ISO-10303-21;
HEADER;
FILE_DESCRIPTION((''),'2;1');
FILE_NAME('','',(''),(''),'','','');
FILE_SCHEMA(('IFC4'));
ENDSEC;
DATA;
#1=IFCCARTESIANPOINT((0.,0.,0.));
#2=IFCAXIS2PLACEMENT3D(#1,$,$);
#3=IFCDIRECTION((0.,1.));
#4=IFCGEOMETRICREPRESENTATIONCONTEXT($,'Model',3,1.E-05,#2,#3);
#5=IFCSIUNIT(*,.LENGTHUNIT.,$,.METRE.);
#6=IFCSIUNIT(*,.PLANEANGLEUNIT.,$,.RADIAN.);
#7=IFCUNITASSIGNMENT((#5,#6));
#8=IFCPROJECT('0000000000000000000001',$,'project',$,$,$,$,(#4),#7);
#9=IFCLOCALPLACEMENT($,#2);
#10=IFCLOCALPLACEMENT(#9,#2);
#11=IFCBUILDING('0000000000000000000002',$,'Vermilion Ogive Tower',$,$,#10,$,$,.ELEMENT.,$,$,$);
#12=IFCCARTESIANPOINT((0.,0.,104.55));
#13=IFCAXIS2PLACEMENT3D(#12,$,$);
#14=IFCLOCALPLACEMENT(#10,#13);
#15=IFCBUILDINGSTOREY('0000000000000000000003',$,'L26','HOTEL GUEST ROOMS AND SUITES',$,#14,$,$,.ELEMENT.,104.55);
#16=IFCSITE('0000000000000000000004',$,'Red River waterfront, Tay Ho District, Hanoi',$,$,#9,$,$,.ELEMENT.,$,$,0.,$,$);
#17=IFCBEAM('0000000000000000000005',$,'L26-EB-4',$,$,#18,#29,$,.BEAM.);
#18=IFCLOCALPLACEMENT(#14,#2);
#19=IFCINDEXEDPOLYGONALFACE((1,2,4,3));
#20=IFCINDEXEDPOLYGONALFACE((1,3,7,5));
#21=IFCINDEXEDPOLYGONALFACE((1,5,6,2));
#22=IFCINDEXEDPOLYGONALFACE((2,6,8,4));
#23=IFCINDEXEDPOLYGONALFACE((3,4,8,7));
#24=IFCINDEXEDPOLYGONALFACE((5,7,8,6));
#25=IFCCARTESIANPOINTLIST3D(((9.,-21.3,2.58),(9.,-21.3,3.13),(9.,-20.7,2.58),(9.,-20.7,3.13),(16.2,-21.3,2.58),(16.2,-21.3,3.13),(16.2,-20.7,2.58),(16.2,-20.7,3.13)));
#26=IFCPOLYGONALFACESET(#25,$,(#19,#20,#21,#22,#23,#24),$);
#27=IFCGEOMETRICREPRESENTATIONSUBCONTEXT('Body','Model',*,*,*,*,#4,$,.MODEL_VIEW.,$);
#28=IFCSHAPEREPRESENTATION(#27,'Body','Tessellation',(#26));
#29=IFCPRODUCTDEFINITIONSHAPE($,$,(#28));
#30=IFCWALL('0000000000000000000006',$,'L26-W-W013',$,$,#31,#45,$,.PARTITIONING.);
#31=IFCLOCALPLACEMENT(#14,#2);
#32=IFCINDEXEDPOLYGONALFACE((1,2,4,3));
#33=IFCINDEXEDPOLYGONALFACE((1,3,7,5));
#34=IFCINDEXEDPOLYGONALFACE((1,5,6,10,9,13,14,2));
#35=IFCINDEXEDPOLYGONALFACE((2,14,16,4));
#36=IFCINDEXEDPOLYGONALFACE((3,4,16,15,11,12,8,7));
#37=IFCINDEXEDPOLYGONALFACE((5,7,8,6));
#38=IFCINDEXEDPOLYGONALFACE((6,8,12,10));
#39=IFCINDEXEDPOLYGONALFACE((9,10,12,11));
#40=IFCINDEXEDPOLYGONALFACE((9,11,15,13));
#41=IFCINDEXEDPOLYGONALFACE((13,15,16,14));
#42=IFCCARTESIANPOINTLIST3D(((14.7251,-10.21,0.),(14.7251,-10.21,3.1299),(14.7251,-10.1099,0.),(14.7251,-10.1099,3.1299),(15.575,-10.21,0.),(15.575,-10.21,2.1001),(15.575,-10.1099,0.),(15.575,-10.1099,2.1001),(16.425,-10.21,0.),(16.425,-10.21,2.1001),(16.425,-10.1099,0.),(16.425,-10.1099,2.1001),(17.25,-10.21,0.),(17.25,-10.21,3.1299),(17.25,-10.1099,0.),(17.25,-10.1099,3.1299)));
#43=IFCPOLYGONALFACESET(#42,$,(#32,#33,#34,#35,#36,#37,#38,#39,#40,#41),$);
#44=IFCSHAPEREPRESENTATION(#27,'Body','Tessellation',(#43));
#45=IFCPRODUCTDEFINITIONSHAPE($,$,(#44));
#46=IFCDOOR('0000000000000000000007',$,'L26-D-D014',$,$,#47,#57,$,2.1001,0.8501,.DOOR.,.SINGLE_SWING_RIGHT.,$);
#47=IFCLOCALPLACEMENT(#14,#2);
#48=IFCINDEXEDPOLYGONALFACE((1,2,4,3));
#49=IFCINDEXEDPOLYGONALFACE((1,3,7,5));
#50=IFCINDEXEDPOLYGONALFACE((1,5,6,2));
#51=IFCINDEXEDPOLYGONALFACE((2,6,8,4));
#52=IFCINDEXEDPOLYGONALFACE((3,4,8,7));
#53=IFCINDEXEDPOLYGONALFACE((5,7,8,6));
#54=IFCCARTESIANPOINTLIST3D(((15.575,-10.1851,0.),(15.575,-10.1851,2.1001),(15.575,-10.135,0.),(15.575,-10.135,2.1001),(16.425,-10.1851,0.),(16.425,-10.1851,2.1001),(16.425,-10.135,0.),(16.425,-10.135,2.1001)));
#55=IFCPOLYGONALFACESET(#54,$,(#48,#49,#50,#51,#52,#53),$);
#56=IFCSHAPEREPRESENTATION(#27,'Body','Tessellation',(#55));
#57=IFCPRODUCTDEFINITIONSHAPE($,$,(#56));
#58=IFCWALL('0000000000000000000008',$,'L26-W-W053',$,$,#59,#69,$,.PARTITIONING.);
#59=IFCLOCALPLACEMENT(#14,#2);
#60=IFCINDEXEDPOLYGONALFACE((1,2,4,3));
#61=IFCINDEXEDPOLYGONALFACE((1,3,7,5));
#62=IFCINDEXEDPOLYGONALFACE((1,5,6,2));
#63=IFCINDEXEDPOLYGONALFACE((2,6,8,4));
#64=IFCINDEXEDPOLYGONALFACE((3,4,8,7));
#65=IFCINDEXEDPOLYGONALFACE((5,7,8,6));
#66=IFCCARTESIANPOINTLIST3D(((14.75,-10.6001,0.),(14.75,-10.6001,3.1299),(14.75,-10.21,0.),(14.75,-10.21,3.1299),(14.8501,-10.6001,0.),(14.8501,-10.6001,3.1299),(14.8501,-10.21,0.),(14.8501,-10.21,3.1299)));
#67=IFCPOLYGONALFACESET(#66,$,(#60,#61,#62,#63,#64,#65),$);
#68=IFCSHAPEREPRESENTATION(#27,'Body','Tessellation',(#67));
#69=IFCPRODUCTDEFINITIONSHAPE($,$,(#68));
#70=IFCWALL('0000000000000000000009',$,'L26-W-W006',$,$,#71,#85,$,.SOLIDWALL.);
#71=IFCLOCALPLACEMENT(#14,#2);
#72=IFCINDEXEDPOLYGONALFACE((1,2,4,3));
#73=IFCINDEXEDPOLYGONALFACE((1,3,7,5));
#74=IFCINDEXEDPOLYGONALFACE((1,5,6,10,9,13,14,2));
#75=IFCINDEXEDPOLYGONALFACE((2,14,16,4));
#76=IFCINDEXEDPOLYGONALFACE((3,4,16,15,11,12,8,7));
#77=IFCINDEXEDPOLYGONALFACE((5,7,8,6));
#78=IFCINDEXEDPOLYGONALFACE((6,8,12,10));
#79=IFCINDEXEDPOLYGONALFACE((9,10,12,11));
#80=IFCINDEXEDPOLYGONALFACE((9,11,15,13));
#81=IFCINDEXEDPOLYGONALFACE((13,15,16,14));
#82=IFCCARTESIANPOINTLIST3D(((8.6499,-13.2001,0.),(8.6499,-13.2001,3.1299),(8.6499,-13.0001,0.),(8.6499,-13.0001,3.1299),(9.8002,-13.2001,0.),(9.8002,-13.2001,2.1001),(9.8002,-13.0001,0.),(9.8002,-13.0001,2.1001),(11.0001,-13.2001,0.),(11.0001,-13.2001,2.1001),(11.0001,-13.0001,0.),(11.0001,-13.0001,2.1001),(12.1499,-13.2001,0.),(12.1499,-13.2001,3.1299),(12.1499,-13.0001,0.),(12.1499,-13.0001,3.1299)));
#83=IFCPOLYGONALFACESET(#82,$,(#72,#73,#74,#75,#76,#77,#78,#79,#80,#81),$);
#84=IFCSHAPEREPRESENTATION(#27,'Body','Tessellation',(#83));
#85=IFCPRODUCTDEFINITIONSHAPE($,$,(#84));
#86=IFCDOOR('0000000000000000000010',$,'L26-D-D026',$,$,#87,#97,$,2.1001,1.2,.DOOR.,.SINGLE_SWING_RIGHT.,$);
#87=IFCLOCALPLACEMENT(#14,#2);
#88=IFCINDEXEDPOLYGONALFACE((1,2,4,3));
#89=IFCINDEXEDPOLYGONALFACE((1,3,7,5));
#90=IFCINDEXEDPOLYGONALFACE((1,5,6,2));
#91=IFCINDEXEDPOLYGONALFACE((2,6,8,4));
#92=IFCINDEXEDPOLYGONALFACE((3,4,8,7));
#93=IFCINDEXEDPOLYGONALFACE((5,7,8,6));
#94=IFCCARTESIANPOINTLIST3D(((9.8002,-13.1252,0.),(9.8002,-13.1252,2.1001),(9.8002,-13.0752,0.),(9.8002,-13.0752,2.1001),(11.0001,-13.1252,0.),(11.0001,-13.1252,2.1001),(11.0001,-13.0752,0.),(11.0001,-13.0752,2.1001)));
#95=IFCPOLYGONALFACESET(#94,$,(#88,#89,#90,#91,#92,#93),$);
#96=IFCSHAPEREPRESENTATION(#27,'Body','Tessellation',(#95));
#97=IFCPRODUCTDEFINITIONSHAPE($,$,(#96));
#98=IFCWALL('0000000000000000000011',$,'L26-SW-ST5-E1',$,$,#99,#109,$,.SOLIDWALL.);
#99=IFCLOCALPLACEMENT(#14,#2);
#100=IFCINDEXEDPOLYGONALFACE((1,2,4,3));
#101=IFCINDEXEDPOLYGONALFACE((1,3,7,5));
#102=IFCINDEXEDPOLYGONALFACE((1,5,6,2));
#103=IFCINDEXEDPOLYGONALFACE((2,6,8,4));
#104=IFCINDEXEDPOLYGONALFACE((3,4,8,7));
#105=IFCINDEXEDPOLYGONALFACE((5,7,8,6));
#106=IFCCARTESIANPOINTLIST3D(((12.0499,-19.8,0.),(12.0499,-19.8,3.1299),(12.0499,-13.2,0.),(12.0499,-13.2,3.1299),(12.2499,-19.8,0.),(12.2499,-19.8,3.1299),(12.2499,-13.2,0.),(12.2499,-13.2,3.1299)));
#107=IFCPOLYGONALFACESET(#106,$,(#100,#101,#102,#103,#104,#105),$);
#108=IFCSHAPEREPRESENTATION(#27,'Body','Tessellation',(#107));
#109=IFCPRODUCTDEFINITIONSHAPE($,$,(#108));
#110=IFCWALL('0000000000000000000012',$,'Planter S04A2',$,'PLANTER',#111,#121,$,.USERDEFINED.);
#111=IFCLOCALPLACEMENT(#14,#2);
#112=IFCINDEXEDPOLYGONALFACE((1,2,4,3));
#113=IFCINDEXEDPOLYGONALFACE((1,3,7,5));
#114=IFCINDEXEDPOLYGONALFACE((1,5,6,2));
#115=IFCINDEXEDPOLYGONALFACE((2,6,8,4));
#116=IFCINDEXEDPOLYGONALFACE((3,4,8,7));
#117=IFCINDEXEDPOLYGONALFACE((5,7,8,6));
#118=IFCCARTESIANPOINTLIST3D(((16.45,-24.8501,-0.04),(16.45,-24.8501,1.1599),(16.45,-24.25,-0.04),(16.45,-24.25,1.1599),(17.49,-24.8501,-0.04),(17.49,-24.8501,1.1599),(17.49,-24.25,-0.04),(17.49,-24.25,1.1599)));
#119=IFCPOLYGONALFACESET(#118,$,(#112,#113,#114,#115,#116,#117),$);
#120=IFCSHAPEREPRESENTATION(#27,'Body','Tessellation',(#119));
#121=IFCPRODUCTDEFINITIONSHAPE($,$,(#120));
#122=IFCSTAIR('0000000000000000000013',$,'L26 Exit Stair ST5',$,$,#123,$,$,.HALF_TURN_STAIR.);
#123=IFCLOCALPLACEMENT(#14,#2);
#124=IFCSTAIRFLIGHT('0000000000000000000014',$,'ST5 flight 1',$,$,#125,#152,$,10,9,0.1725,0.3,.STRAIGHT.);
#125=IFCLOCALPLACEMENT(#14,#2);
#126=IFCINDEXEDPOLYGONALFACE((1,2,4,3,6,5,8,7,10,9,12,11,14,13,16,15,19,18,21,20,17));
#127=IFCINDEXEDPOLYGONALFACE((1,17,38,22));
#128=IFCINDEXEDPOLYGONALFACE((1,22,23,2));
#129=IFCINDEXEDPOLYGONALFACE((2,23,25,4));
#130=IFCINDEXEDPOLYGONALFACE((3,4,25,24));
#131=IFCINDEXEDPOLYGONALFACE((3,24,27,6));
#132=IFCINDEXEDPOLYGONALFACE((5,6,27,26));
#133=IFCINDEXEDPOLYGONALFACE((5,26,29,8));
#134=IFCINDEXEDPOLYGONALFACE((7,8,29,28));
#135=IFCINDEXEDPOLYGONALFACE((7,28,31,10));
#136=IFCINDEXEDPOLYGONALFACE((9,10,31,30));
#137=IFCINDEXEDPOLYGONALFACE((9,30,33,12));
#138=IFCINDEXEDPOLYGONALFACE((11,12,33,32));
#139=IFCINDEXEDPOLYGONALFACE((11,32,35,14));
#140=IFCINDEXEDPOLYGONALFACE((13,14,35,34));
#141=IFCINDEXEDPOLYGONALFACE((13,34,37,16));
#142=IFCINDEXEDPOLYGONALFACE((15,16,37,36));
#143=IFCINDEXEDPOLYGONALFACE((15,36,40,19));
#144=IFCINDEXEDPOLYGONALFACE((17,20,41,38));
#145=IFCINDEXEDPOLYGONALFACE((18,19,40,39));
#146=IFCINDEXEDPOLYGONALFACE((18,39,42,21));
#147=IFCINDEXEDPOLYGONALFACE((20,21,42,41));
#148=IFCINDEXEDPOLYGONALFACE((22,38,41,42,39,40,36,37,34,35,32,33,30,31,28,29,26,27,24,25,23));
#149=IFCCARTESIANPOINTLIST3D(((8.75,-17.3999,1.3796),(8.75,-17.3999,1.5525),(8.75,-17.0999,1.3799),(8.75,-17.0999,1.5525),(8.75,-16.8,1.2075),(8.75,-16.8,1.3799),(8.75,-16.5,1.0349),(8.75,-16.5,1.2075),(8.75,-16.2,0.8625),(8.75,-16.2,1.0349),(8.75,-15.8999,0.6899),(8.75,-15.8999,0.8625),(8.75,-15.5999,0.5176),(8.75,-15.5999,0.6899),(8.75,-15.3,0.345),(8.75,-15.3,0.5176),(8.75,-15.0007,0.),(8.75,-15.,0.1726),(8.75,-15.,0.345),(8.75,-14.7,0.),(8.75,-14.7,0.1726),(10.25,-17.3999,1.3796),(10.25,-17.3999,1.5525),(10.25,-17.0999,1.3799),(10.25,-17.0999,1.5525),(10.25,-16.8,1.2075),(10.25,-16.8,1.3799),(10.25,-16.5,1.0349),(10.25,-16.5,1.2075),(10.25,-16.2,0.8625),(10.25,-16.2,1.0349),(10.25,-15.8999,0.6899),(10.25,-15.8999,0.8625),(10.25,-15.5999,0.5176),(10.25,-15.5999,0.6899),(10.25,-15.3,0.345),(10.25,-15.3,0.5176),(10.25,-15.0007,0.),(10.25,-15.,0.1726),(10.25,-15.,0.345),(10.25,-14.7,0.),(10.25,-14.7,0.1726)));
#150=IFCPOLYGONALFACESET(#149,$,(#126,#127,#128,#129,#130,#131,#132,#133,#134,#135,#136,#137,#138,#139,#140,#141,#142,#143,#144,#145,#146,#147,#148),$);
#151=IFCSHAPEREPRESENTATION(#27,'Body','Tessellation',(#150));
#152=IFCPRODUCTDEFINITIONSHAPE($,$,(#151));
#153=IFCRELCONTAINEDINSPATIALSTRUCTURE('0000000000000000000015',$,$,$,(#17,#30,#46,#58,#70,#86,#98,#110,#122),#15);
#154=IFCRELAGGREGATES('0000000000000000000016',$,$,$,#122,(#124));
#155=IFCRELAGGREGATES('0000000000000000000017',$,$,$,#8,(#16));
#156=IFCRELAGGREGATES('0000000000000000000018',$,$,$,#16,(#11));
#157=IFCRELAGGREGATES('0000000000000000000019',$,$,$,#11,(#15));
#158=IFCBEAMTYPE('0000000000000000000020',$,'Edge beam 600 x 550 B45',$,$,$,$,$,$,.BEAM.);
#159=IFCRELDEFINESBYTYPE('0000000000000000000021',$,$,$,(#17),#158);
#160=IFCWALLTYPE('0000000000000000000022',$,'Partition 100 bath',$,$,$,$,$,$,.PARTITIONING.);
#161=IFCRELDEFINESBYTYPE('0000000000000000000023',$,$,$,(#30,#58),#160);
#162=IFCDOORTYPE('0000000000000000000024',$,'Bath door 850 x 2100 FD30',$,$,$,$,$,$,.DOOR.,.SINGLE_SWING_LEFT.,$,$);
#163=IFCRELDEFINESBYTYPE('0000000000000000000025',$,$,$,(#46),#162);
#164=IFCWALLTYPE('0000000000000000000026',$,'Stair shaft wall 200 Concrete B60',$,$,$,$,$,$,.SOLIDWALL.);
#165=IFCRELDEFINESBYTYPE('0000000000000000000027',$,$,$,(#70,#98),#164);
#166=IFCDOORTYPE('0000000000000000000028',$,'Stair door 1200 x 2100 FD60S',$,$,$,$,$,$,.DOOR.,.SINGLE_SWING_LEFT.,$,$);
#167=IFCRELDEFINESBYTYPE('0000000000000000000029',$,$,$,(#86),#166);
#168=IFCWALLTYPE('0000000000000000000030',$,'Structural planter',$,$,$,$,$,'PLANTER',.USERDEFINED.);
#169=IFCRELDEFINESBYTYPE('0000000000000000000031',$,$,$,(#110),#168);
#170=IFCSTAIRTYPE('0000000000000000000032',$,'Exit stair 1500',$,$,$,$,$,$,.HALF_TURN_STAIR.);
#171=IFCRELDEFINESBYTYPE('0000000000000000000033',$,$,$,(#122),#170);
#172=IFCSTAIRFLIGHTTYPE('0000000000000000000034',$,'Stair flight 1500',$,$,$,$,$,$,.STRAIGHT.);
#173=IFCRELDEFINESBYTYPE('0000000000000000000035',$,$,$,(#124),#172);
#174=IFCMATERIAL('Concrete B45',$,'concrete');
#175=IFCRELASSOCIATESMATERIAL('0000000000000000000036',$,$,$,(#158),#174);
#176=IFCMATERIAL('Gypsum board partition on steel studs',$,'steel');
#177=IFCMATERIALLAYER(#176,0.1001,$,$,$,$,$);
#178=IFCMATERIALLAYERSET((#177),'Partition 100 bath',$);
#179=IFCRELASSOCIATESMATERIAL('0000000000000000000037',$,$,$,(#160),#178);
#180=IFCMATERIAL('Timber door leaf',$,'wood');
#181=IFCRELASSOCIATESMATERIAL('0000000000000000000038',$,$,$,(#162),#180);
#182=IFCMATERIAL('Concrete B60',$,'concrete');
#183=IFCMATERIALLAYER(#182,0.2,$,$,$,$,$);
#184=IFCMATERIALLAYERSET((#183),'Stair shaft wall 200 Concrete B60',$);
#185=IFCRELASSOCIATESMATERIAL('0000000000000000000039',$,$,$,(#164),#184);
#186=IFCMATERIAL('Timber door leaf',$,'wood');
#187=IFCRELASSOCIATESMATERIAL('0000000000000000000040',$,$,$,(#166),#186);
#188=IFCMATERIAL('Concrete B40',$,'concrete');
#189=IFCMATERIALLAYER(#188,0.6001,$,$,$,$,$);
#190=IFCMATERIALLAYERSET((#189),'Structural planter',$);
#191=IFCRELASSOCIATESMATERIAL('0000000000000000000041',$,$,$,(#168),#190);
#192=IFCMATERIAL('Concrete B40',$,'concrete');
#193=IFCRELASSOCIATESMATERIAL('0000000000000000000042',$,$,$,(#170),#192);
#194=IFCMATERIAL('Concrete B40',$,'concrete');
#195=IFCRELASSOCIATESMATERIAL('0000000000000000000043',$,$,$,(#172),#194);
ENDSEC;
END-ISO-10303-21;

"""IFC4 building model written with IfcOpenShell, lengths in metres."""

from ifc_helpers import new_model, si_unit, direction, frame, frame_2d, origin, origin_2d, place, context, subcontext, project, spatial, polyline, rectangle, outline, extrude, material, layer, layer_set, material_profile, profile_set, type_object, element, fill, aggregate, save


model = new_model("IFC4")

# Units and contexts
model_context = context("Model", 3, precision=1e-05, world=origin(), true_north=direction((0.0, 1.0)))
body_context = subcontext(model_context, "Body", "Model", "MODEL_VIEW")
ifc_project = project(units=[si_unit("LENGTHUNIT", "METRE"), si_unit("PLANEANGLEUNIT", "RADIAN")], contexts=[model_context])

# Site, building, storey
site_placement = place(None, origin())
site = spatial("IfcSite", under=ifc_project, at=site_placement, Name="Red River waterfront, Tay Ho District, Hanoi", CompositionType="ELEMENT", RefElevation=0.0)
building_placement = place(site_placement, origin())
building = spatial("IfcBuilding", under=site, at=building_placement, Name="Vermilion Ogive Tower", CompositionType="ELEMENT")
storey_placement = place(building_placement, frame((0.0, 0.0, 104.55)))
storey = spatial("IfcBuildingStorey", under=building, at=storey_placement, Name="L26", Description="HOTEL GUEST ROOMS AND SUITES", CompositionType="ELEMENT", Elevation=104.55)

# Beam
ifc_material_1 = material(Name="Concrete B45", Category="concrete")
ifc_material_profile = material_profile(ifc_material_1, rectangle(XDim=0.6001, YDim=0.55, at=origin_2d()), Name="600 x 550")
ifc_profile_set = profile_set([ifc_material_profile], Name="Concrete B45")
beam_type = type_object("IfcBeamType", Name="Edge beam 600 x 550 B45", PredefinedType="BEAM", material=ifc_profile_set)
beam_placement = place(storey_placement, frame((9.0, -21.0, 2.855), z_axis=(1.0, 0.0, 0.0), x_axis=(0.0, 1.0, 0.0)))
element("IfcBeam", 1, at=beam_placement, inside=storey, type_object=beam_type, Name="L26-EB-4", PredefinedType="BEAM", context=body_context, shape_type="SweptSolid", body=[
    extrude(rectangle(XDim=0.6001, YDim=0.55, at=origin_2d()), origin(), (0.0, 0.0, 1.0), 7.2),
])

# Wall, opening, door
ifc_material_2 = material(Name="Gypsum board partition on steel studs", Category="steel")
ifc_layer_1 = layer(ifc_material_2, 0.1001)
ifc_layer_set_1 = layer_set([ifc_layer_1], Name="Partition 100 bath")
wall_type_1 = type_object("IfcWallType", Name="Partition 100 bath", PredefinedType="PARTITIONING", material=ifc_layer_set_1)
wall_1_placement = place(storey_placement, frame((14.7251, -10.1599, 0.0), z_axis=(0.0, 0.0, 1.0), x_axis=(1.0, 0.0, 0.0)))
wall_1 = element("IfcWall", 2, at=wall_1_placement, inside=storey, type_object=wall_type_1, Name="L26-W-W013", PredefinedType="PARTITIONING", context=body_context, shape_type="SweptSolid", body=[
    extrude(rectangle(XDim=2.5249, YDim=0.1001, at=frame_2d((1.2625, 0.0))), origin(), (0.0, 0.0, 1.0), 3.1299),
])
opening_1_placement = place(wall_1_placement, frame((0.8499, 0.0, 0.0)))
opening_1 = element("IfcOpeningElement", 3, at=opening_1_placement, cuts=wall_1, PredefinedType="OPENING", context=body_context, shape_type="SweptSolid", body=[
    extrude(rectangle(XDim=0.8501, YDim=2.1001, at=frame_2d((0.425, 1.05))), frame((0.0, 0.0601, 0.0), z_axis=(0.0, -1.0, 0.0), x_axis=(1.0, 0.0, 0.0)), (0.0, 0.0, 1.0), 0.1201),
])
ifc_material_3 = material(Name="Timber door leaf", Category="wood")
door_type_1 = type_object("IfcDoorType", Name="Bath door 850 x 2100 FD30", OperationType="SINGLE_SWING_LEFT", PredefinedType="DOOR", material=ifc_material_3)
door_1_placement = place(opening_1_placement, origin())
door_1 = element("IfcDoor", 4, at=door_1_placement, inside=storey, type_object=door_type_1, Name="L26-D-D014", OperationType="SINGLE_SWING_RIGHT", OverallHeight=2.1001, OverallWidth=0.8501, PredefinedType="DOOR", context=body_context, shape_type="SweptSolid", body=[
    extrude(rectangle(XDim=0.8501, YDim=2.1001, at=frame_2d((0.425, 1.05))), frame((0.0, 0.0249, 0.0), z_axis=(0.0, -1.0, 0.0), x_axis=(1.0, 0.0, 0.0)), (0.0, 0.0, 1.0), 0.05),
])
fill(opening_1, door_1)

# Wall
wall_2_placement = place(storey_placement, frame((14.8, -10.6001, 0.0), z_axis=(0.0, 0.0, 1.0), x_axis=(0.0, 1.0, 0.0)))
element("IfcWall", 5, at=wall_2_placement, inside=storey, type_object=wall_type_1, Name="L26-W-W053", PredefinedType="PARTITIONING", context=body_context, shape_type="SweptSolid", body=[
    extrude(rectangle(XDim=0.3901, YDim=0.1001, at=frame_2d((0.1951, 0.0))), origin(), (0.0, 0.0, 1.0), 3.1299),
])

# Wall, opening, door
ifc_material_4 = material(Name="Concrete B60", Category="concrete")
ifc_layer_2 = layer(ifc_material_4, 0.2)
ifc_layer_set_2 = layer_set([ifc_layer_2], Name="Stair shaft wall 200 Concrete B60")
wall_type_2 = type_object("IfcWallType", Name="Stair shaft wall 200 Concrete B60", PredefinedType="SOLIDWALL", material=ifc_layer_set_2)
wall_3_placement = place(storey_placement, frame((8.6499, -13.1001, 0.0), z_axis=(0.0, 0.0, 1.0), x_axis=(1.0, 0.0, 0.0)))
wall_3 = element("IfcWall", 6, at=wall_3_placement, inside=storey, type_object=wall_type_2, Name="L26-W-W006", PredefinedType="SOLIDWALL", context=body_context, shape_type="SweptSolid", body=[
    extrude(rectangle(XDim=3.5, YDim=0.2, at=frame_2d((1.75, 0.0))), origin(), (0.0, 0.0, 1.0), 3.1299),
])
opening_2_placement = place(wall_3_placement, frame((1.1501, 0.0, 0.0)))
opening_2 = element("IfcOpeningElement", 7, at=opening_2_placement, cuts=wall_3, PredefinedType="OPENING", context=body_context, shape_type="SweptSolid", body=[
    extrude(rectangle(XDim=1.2, YDim=2.1001, at=frame_2d((0.6001, 1.05))), frame((0.0, 0.1099, 0.0), z_axis=(0.0, -1.0, 0.0), x_axis=(1.0, 0.0, 0.0)), (0.0, 0.0, 1.0), 0.22),
])
ifc_material_5 = material(Name="Timber door leaf", Category="wood")
door_type_2 = type_object("IfcDoorType", Name="Stair door 1200 x 2100 FD60S", OperationType="SINGLE_SWING_LEFT", PredefinedType="DOOR", material=ifc_material_5)
door_2_placement = place(opening_2_placement, origin())
door_2 = element("IfcDoor", 8, at=door_2_placement, inside=storey, type_object=door_type_2, Name="L26-D-D026", OperationType="SINGLE_SWING_RIGHT", OverallHeight=2.1001, OverallWidth=1.2, PredefinedType="DOOR", context=body_context, shape_type="SweptSolid", body=[
    extrude(rectangle(XDim=1.2, YDim=2.1001, at=frame_2d((0.6001, 1.05))), frame((0.0, 0.0249, 0.0), z_axis=(0.0, -1.0, 0.0), x_axis=(1.0, 0.0, 0.0)), (0.0, 0.0, 1.0), 0.05),
])
fill(opening_2, door_2)

# Walls
wall_4_placement = place(storey_placement, frame((12.1499, -19.8, 0.0), z_axis=(0.0, 0.0, 1.0), x_axis=(0.0, 1.0, 0.0)))
element("IfcWall", 9, at=wall_4_placement, inside=storey, type_object=wall_type_2, Name="L26-SW-ST5-E1", PredefinedType="SOLIDWALL", context=body_context, shape_type="SweptSolid", body=[
    extrude(rectangle(XDim=6.6001, YDim=0.2, at=frame_2d((3.3, 0.0))), origin(), (0.0, 0.0, 1.0), 3.1299),
])
ifc_material_6 = material(Name="Concrete B40", Category="concrete")
ifc_layer_3 = layer(ifc_material_6, 0.6001)
ifc_layer_set_3 = layer_set([ifc_layer_3], Name="Structural planter")
wall_type_3 = type_object("IfcWallType", Name="Structural planter", ElementType="PLANTER", PredefinedType="USERDEFINED", material=ifc_layer_set_3)
wall_5_placement = place(storey_placement, frame((16.45, -24.55, -0.04), z_axis=(0.0, 0.0, 1.0), x_axis=(1.0, 0.0, 0.0)))
element("IfcWall", 10, at=wall_5_placement, inside=storey, type_object=wall_type_3, Name="Planter S04A2", ObjectType="PLANTER", PredefinedType="USERDEFINED", context=body_context, shape_type="SweptSolid", body=[
    extrude(rectangle(XDim=1.04, YDim=0.6001, at=frame_2d((0.52, 0.0))), origin(), (0.0, 0.0, 1.0), 1.2),
])

# Stair, stair flight
ifc_material_7 = material(Name="Concrete B40", Category="concrete")
stair_type = type_object("IfcStairType", Name="Exit stair 1500", PredefinedType="HALF_TURN_STAIR", material=ifc_material_7)
stair_placement = place(storey_placement, origin())
stair = element("IfcStair", 11, at=stair_placement, inside=storey, type_object=stair_type, Name="L26 Exit Stair ST5", PredefinedType="HALF_TURN_STAIR")
ifc_material_8 = material(Name="Concrete B40", Category="concrete")
stair_flight_type = type_object("IfcStairFlightType", Name="Stair flight 1500", PredefinedType="STRAIGHT", material=ifc_material_8)
stair_flight_1_placement = place(storey_placement, frame((9.5, -14.7, 0.0), z_axis=(0.0, 0.0, 1.0), x_axis=(0.0, -1.0, 0.0)))
stair_flight_1 = element("IfcStairFlight", 12, at=stair_flight_1_placement, type_object=stair_flight_type, Name="ST5 flight 1", NumberOfRisers=10, NumberOfTreads=9, PredefinedType="STRAIGHT", RiserHeight=0.1725, TreadLength=0.3, context=body_context, shape_type="SweptSolid", body=[
    extrude(outline(polyline([(0.0, 0.0), (0.0, 0.1726), (0.3, 0.1726), (0.3, 0.345), (0.6001, 0.345), (0.6001, 0.5176), (0.8999, 0.5176), (0.8999, 0.6899), (1.2, 0.6899), (1.2, 0.8625), (1.5, 0.8625), (1.5, 1.0349), (1.8, 1.0349), (1.8, 1.2075), (2.1001, 1.2075), (2.1001, 1.3799), (2.3999, 1.3799), (2.3999, 1.5525), (2.7, 1.5525), (2.7, 1.7251), (2.7, 1.3796), (0.3008, 0.0), (0.0, 0.0)])), frame((0.0, 0.75, 0.0), z_axis=(0.0, -1.0, 0.0), x_axis=(1.0, 0.0, 0.0)), (0.0, 0.0, 1.0), 1.5),
])
aggregate(stair, [stair_flight_1])

save(model, "model.ifc")
